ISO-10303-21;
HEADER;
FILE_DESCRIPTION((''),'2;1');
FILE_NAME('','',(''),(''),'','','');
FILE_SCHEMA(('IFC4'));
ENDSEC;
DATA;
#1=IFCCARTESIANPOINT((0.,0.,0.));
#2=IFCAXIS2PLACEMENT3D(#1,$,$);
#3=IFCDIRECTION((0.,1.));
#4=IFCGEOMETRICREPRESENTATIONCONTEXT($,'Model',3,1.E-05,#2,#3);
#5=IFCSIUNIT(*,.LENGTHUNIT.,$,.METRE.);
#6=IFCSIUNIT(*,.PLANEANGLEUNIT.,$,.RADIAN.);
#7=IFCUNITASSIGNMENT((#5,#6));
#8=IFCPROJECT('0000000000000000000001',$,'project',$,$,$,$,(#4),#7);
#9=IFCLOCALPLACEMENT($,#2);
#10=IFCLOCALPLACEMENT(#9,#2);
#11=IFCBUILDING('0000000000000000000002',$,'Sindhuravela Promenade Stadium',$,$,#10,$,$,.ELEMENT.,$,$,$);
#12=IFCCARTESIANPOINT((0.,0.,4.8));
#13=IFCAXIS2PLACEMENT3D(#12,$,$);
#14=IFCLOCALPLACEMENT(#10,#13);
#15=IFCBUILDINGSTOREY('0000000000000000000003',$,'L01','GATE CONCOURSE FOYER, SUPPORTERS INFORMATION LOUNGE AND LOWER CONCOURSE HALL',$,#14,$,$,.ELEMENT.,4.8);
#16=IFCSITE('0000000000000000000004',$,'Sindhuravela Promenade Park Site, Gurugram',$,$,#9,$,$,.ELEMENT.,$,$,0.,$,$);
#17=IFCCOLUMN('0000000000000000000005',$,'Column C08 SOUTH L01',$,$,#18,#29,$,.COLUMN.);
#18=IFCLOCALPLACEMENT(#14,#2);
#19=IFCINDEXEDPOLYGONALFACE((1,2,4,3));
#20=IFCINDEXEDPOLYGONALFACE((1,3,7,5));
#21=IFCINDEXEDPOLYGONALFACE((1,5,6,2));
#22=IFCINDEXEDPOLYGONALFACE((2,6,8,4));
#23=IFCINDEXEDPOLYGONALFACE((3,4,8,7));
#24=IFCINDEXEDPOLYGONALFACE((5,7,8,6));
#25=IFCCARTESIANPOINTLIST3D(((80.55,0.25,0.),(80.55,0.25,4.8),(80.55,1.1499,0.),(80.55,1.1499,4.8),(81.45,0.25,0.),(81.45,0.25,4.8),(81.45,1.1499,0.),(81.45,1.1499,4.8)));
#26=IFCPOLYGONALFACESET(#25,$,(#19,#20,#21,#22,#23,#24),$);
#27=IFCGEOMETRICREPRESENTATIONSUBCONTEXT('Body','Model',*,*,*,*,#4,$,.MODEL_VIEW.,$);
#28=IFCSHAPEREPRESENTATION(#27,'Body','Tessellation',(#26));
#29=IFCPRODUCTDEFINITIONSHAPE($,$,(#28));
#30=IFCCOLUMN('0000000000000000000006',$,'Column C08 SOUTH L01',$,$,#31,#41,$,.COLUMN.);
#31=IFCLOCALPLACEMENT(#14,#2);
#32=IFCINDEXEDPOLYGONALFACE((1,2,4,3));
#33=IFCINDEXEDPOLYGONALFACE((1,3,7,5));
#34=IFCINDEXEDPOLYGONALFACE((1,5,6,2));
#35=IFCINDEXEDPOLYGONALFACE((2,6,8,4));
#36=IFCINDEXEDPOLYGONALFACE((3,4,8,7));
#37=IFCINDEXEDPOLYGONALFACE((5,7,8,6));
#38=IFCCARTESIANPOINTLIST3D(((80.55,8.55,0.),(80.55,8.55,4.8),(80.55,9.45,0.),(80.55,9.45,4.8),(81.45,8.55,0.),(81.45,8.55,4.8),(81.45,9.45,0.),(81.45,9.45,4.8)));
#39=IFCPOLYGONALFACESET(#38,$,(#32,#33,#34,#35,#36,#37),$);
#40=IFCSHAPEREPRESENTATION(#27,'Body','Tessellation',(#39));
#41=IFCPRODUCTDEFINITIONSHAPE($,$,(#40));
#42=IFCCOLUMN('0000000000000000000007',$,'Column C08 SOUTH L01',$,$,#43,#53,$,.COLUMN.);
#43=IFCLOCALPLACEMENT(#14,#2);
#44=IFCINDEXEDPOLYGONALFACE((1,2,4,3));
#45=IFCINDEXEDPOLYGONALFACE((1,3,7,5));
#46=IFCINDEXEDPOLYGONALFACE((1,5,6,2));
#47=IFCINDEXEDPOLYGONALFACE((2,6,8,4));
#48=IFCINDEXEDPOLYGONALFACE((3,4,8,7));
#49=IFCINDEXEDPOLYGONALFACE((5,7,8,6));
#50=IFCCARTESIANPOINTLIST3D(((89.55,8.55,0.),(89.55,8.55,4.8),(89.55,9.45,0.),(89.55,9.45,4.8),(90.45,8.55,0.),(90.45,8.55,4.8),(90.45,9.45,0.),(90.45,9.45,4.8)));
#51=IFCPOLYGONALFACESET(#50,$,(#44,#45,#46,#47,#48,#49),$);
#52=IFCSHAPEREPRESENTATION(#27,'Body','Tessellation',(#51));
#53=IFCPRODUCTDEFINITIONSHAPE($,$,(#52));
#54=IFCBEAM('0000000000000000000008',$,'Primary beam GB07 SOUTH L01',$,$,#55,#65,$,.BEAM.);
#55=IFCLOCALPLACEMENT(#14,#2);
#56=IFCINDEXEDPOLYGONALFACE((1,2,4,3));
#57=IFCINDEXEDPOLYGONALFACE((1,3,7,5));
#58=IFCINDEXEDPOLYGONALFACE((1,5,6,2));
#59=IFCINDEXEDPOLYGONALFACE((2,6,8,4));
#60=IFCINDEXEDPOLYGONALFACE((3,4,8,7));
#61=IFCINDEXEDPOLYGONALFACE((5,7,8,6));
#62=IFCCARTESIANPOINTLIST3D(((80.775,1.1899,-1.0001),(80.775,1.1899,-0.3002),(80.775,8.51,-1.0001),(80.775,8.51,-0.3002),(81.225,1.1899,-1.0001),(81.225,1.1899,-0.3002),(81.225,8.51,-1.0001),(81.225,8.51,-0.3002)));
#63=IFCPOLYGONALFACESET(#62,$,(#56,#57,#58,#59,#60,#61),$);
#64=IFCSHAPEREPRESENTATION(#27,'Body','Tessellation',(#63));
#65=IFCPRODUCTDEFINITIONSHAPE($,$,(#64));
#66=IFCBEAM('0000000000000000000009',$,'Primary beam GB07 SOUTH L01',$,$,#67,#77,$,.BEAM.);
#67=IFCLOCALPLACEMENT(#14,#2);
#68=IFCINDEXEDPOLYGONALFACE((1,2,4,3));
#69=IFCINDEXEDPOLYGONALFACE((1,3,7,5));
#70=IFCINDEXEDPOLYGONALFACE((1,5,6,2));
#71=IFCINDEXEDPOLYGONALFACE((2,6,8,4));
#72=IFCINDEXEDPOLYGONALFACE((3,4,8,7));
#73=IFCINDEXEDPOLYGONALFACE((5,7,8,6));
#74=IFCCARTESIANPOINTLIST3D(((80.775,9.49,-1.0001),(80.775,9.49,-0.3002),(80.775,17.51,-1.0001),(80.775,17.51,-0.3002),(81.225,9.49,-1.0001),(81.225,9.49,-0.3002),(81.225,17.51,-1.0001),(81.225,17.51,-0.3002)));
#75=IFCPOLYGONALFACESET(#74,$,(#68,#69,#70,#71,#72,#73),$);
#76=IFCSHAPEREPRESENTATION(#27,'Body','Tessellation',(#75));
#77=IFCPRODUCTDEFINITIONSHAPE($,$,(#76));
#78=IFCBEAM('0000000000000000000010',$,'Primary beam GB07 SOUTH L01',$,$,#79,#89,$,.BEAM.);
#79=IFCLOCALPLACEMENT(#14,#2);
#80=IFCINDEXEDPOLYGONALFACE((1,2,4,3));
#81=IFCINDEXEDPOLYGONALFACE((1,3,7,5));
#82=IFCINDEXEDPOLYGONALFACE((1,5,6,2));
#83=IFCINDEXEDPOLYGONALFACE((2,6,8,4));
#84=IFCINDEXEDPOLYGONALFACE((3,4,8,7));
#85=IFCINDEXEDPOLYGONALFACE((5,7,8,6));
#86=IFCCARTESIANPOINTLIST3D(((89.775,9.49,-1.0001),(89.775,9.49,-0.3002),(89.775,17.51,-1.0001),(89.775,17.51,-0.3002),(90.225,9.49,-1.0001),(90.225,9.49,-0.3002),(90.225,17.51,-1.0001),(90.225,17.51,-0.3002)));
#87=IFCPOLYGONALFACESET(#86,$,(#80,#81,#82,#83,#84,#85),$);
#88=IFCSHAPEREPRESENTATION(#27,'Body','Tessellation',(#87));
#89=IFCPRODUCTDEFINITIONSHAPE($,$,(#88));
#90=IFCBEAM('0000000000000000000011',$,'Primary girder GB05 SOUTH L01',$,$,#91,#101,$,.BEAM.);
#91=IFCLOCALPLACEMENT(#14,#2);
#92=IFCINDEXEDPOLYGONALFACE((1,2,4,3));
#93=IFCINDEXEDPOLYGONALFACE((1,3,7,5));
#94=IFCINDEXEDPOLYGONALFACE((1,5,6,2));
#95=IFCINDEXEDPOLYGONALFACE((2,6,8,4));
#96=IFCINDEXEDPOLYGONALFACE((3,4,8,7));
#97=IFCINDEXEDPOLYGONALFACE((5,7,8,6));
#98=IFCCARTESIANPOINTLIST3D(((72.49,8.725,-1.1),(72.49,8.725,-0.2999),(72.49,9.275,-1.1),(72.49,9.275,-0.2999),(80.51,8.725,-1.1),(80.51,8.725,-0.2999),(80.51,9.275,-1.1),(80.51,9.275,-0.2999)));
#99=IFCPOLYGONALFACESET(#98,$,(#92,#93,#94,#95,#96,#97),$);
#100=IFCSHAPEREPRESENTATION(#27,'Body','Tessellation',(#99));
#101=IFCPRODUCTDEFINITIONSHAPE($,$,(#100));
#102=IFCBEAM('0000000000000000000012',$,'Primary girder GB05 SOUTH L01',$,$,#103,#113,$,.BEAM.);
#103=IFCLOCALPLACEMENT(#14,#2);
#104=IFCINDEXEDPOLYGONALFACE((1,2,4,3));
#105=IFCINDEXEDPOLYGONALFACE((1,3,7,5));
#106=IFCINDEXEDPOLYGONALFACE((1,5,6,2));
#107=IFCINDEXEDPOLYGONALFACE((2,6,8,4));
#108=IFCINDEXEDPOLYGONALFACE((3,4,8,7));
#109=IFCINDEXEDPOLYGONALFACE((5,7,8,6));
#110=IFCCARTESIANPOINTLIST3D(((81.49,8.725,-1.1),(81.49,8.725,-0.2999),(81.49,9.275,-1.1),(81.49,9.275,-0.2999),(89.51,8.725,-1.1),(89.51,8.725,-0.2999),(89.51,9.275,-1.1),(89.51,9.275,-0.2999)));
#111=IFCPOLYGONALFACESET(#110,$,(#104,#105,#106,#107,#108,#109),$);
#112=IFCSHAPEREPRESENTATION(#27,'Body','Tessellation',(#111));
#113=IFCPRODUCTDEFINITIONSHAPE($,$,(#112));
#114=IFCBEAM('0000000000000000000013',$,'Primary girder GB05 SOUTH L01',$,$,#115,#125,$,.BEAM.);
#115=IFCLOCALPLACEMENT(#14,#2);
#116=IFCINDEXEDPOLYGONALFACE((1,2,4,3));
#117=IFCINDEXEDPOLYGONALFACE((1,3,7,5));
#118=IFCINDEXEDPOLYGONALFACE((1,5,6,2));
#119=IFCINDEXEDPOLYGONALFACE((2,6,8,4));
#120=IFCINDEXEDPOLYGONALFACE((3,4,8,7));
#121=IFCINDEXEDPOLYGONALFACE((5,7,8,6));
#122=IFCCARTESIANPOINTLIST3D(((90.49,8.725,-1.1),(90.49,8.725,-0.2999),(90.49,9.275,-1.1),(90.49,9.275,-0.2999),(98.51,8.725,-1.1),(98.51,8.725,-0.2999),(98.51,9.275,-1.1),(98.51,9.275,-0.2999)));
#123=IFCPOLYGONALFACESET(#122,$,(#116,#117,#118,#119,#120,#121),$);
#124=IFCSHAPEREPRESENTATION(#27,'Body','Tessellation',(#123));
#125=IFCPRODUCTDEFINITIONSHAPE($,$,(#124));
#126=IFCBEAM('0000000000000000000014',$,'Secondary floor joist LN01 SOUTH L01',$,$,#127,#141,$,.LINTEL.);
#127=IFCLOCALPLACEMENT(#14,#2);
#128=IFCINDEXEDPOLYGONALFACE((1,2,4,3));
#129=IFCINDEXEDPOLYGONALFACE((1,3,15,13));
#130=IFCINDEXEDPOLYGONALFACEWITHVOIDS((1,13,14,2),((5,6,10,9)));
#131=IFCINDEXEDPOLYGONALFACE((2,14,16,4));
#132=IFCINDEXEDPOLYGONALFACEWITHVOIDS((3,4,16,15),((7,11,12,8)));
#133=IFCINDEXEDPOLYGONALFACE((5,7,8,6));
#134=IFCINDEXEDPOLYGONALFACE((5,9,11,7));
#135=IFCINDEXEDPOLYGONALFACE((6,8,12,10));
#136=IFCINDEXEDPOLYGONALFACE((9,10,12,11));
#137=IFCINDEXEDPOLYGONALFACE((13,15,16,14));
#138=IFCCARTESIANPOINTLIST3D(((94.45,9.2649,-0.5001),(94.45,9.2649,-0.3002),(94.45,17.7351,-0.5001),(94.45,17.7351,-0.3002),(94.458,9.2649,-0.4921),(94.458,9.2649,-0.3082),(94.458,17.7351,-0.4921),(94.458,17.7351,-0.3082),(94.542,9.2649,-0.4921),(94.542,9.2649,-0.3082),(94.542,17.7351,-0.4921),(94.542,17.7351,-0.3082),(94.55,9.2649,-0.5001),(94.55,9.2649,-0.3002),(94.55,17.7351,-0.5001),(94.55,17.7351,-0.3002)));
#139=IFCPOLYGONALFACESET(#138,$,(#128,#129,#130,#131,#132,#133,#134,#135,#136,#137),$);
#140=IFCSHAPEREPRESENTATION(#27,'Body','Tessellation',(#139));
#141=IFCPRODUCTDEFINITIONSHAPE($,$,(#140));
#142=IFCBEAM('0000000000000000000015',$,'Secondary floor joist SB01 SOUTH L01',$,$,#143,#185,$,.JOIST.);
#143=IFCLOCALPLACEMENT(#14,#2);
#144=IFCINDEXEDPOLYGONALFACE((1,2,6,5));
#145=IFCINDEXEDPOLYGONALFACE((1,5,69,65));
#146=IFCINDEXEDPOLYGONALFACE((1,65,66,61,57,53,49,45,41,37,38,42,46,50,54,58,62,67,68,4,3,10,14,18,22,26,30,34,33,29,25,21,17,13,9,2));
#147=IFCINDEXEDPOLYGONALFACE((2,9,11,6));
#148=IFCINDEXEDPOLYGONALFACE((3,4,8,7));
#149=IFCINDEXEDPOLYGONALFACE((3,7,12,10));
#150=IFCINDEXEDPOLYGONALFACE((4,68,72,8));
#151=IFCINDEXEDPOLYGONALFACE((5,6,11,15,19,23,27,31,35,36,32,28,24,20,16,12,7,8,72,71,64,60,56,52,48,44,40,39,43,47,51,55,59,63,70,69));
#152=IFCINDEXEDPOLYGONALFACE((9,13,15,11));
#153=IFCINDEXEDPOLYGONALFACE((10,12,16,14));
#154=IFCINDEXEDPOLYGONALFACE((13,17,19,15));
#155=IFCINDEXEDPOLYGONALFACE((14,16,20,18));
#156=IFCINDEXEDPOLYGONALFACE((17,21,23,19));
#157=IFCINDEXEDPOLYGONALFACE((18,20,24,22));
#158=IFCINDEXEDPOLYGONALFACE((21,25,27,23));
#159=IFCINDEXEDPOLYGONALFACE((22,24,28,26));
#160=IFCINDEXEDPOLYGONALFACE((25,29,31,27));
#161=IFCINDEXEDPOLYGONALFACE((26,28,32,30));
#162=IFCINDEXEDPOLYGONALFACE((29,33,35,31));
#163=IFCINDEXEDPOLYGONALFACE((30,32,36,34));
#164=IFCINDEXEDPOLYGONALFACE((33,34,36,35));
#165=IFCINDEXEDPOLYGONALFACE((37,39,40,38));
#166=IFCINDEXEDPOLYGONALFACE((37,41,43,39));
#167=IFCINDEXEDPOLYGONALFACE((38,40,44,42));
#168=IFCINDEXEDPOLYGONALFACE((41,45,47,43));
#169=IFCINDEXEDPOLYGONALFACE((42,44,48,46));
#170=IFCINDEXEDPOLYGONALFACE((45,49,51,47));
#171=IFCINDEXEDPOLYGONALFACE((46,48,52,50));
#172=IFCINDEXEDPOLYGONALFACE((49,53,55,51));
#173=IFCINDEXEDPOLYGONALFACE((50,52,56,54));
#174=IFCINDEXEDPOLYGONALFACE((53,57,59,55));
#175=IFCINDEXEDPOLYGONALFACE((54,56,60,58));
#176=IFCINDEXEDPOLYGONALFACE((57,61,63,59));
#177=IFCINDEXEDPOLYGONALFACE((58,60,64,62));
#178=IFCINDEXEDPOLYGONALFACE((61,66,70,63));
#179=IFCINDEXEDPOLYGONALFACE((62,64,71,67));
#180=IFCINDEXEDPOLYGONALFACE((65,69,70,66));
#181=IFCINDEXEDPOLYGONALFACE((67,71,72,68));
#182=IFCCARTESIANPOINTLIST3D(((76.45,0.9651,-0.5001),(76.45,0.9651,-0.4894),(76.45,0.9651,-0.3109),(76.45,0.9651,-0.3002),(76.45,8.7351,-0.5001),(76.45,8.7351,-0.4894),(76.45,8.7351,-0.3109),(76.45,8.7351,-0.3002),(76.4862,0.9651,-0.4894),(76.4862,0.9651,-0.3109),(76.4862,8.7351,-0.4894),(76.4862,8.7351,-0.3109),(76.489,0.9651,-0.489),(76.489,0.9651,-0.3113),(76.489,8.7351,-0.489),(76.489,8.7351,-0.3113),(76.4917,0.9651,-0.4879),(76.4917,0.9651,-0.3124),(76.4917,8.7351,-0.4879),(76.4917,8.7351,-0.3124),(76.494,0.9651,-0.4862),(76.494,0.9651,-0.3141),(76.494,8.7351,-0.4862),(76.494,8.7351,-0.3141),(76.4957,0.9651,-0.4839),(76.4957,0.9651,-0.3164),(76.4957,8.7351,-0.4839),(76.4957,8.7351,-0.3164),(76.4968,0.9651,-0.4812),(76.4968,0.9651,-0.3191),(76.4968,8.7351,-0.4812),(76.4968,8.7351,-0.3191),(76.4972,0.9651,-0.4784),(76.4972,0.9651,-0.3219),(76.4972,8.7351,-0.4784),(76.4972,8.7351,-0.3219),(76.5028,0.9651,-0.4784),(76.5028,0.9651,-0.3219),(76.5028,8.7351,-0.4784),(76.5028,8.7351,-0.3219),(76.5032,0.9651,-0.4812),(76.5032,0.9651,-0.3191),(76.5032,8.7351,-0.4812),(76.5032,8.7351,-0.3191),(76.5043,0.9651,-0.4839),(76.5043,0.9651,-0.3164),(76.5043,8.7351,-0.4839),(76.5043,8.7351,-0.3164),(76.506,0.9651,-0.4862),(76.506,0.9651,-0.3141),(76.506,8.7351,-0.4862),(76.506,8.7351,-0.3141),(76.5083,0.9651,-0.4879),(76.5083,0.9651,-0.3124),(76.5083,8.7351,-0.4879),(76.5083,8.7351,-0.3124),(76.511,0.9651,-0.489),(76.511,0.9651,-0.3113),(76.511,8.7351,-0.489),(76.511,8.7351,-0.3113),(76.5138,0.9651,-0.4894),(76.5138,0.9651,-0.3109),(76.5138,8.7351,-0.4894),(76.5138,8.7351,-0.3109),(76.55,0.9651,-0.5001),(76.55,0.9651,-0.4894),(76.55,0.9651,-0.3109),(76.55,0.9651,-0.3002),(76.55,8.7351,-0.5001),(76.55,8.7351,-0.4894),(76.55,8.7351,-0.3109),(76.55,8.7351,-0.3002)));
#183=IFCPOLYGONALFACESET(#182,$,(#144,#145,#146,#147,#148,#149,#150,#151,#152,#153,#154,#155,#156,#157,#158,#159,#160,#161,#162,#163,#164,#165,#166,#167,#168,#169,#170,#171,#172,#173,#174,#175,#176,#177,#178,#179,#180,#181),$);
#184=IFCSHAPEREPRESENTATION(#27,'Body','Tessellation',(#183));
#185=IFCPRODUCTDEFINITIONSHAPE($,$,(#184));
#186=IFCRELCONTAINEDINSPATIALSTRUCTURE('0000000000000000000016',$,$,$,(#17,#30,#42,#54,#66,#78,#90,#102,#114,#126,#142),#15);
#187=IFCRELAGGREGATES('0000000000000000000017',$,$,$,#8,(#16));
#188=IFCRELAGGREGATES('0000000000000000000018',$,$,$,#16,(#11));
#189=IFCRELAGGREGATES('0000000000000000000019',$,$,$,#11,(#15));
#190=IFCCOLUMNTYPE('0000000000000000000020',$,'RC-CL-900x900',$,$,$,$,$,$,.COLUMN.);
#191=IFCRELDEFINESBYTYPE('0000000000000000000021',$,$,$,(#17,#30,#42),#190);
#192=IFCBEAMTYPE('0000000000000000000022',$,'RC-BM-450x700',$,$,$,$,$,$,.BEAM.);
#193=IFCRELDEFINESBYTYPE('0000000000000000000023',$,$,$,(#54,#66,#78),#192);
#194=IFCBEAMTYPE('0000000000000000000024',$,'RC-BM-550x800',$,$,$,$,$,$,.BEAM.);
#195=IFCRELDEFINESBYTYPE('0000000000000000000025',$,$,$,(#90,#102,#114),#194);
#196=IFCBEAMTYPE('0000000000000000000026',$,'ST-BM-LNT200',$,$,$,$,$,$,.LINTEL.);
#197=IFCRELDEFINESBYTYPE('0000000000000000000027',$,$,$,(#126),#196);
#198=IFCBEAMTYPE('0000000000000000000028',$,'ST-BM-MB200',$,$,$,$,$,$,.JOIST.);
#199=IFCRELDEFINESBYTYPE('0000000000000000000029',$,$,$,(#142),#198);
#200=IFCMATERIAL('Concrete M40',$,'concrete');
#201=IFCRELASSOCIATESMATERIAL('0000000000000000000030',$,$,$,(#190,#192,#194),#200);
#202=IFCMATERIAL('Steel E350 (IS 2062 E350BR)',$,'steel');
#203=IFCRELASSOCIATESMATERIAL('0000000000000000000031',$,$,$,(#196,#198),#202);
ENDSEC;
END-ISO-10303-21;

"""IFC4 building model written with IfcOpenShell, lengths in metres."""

from ifc_helpers import new_model, si_unit, direction, frame, origin, origin_2d, place, context, subcontext, project, spatial, rectangle, hollow_rectangle, i_section, extrude, material, material_profile, profile_set, type_object, element, save


model = new_model("IFC4")

# Units and contexts
model_context = context("Model", 3, precision=1e-05, world=origin(), true_north=direction((0.0, 1.0)))
body_context = subcontext(model_context, "Body", "Model", "MODEL_VIEW")
ifc_project = project(units=[si_unit("LENGTHUNIT", "METRE"), si_unit("PLANEANGLEUNIT", "RADIAN")], contexts=[model_context])

# Site, building, storey
site_placement = place(None, origin())
site = spatial("IfcSite", under=ifc_project, at=site_placement, Name="Sindhuravela Promenade Park Site, Gurugram", CompositionType="ELEMENT", RefElevation=0.0)
building_placement = place(site_placement, origin())
building = spatial("IfcBuilding", under=site, at=building_placement, Name="Sindhuravela Promenade Stadium", CompositionType="ELEMENT")
storey_placement = place(building_placement, frame((0.0, 0.0, 4.8)))
storey = spatial("IfcBuildingStorey", under=building, at=storey_placement, Name="L01", Description="GATE CONCOURSE FOYER, SUPPORTERS INFORMATION LOUNGE AND LOWER CONCOURSE HALL", CompositionType="ELEMENT", Elevation=4.8)

# Columns
ifc_material_1 = material(Name="Concrete M40", Category="concrete")
ifc_material_profile_1 = material_profile(ifc_material_1, rectangle(XDim=0.8999, YDim=0.8999, at=origin_2d()), Name="RC 900x900")
ifc_profile_set_1 = profile_set([ifc_material_profile_1], Name="Concrete M40")
column_type = type_object("IfcColumnType", Name="RC-CL-900x900", PredefinedType="COLUMN", material=ifc_profile_set_1)
for number, where, z_axis, x_axis, name in (
    (1, (81.0, 0.7, 0.0), (0.0, 0.0, 1.0), (1.0, 0.0, 0.0), "Column C08 SOUTH L01"),
    (2, (81.0, 9.0, 0.0), (0.0, 0.0, 1.0), (1.0, 0.0, 0.0), "Column C08 SOUTH L01"),
    (3, (90.0, 9.0, 0.0), (0.0, 0.0, 1.0), (1.0, 0.0, 0.0), "Column C08 SOUTH L01"),
):
    element("IfcColumn", number, at=place(storey_placement, frame(where, z_axis=z_axis, x_axis=x_axis)), inside=storey, type_object=column_type, Name=name, PredefinedType="COLUMN", context=body_context, shape_type="SweptSolid", body=[
        extrude(rectangle(XDim=0.8999, YDim=0.8999, at=origin_2d()), origin(), (0.0, 0.0, 1.0), 4.8),
    ])

# Beams
ifc_material_profile_2 = material_profile(ifc_material_1, rectangle(XDim=0.45, YDim=0.7, at=origin_2d()), Name="RC 450x700")
ifc_profile_set_2 = profile_set([ifc_material_profile_2], Name="Concrete M40")
beam_type_1 = type_object("IfcBeamType", Name="RC-BM-450x700", PredefinedType="BEAM", material=ifc_profile_set_2)
beam_1_placement = place(storey_placement, frame((81.0, 1.1899, -0.6501), z_axis=(0.0, 1.0, 0.0), x_axis=(-1.0, 0.0, 0.0)))
element("IfcBeam", 4, at=beam_1_placement, inside=storey, type_object=beam_type_1, Name="Primary beam GB07 SOUTH L01", PredefinedType="BEAM", context=body_context, shape_type="SweptSolid", body=[
    extrude(rectangle(XDim=0.45, YDim=0.7, at=origin_2d()), origin(), (0.0, 0.0, 1.0), 7.3201),
])
for number, where, z_axis, x_axis, name in (
    (5, (81.0, 9.49, -0.6501), (0.0, 1.0, 0.0), (-1.0, 0.0, 0.0), "Primary beam GB07 SOUTH L01"),
    (6, (90.0, 9.49, -0.6501), (0.0, 1.0, 0.0), (-1.0, 0.0, 0.0), "Primary beam GB07 SOUTH L01"),
):
    element("IfcBeam", number, at=place(storey_placement, frame(where, z_axis=z_axis, x_axis=x_axis)), inside=storey, type_object=beam_type_1, Name=name, PredefinedType="BEAM", context=body_context, shape_type="SweptSolid", body=[
        extrude(rectangle(XDim=0.45, YDim=0.7, at=origin_2d()), origin(), (0.0, 0.0, 1.0), 8.02),
    ])
ifc_material_profile_3 = material_profile(ifc_material_1, rectangle(XDim=0.55, YDim=0.8, at=origin_2d()), Name="RC 550x800")
ifc_profile_set_3 = profile_set([ifc_material_profile_3], Name="Concrete M40")
beam_type_2 = type_object("IfcBeamType", Name="RC-BM-550x800", PredefinedType="BEAM", material=ifc_profile_set_3)
for number, where, z_axis, x_axis, name in (
    (7, (72.49, 9.0, -0.7), (1.0, 0.0, 0.0), (0.0, 1.0, 0.0), "Primary girder GB05 SOUTH L01"),
    (8, (81.49, 9.0, -0.7), (1.0, 0.0, 0.0), (0.0, 1.0, 0.0), "Primary girder GB05 SOUTH L01"),
    (9, (90.49, 9.0, -0.7), (1.0, 0.0, 0.0), (0.0, 1.0, 0.0), "Primary girder GB05 SOUTH L01"),
):
    element("IfcBeam", number, at=place(storey_placement, frame(where, z_axis=z_axis, x_axis=x_axis)), inside=storey, type_object=beam_type_2, Name=name, PredefinedType="BEAM", context=body_context, shape_type="SweptSolid", body=[
        extrude(rectangle(XDim=0.55, YDim=0.8, at=origin_2d()), origin(), (0.0, 0.0, 1.0), 8.02),
    ])
ifc_material_2 = material(Name="Steel E350 (IS 2062 E350BR)", Category="steel")
ifc_material_profile_4 = material_profile(ifc_material_2, hollow_rectangle(XDim=0.1001, YDim=0.2, WallThickness=0.0081, at=origin_2d()), Name="RHS 200x100x8")
ifc_profile_set_4 = profile_set([ifc_material_profile_4], Name="Steel E350 (IS 2062 E350BR)")
beam_type_3 = type_object("IfcBeamType", Name="ST-BM-LNT200", PredefinedType="LINTEL", material=ifc_profile_set_4)
beam_2_placement = place(storey_placement, frame((94.5, 9.2649, -0.4001), z_axis=(0.0, 1.0, 0.0), x_axis=(-1.0, 0.0, 0.0)))
element("IfcBeam", 10, at=beam_2_placement, inside=storey, type_object=beam_type_3, Name="Secondary floor joist LN01 SOUTH L01", PredefinedType="LINTEL", context=body_context, shape_type="SweptSolid", body=[
    extrude(hollow_rectangle(XDim=0.1001, YDim=0.2, WallThickness=0.0081, at=origin_2d()), origin(), (0.0, 0.0, 1.0), 8.4702),
])
ifc_material_profile_5 = material_profile(ifc_material_2, i_section(OverallWidth=0.1001, OverallDepth=0.2, WebThickness=0.0056, FlangeThickness=0.0107, FilletRadius=0.011, at=origin_2d()), Name="ISMB 200")
ifc_profile_set_5 = profile_set([ifc_material_profile_5], Name="Steel E350 (IS 2062 E350BR)")
beam_type_4 = type_object("IfcBeamType", Name="ST-BM-MB200", PredefinedType="JOIST", material=ifc_profile_set_5)
beam_3_placement = place(storey_placement, frame((76.5, 0.9651, -0.4001), z_axis=(0.0, 1.0, 0.0), x_axis=(-1.0, 0.0, 0.0)))
element("IfcBeam", 11, at=beam_3_placement, inside=storey, type_object=beam_type_4, Name="Secondary floor joist SB01 SOUTH L01", PredefinedType="JOIST", context=body_context, shape_type="SweptSolid", body=[
    extrude(i_section(OverallWidth=0.1001, OverallDepth=0.2, WebThickness=0.0056, FlangeThickness=0.0107, FilletRadius=0.011, at=origin_2d()), origin(), (0.0, 0.0, 1.0), 7.77),
])

save(model, "model.ifc")
